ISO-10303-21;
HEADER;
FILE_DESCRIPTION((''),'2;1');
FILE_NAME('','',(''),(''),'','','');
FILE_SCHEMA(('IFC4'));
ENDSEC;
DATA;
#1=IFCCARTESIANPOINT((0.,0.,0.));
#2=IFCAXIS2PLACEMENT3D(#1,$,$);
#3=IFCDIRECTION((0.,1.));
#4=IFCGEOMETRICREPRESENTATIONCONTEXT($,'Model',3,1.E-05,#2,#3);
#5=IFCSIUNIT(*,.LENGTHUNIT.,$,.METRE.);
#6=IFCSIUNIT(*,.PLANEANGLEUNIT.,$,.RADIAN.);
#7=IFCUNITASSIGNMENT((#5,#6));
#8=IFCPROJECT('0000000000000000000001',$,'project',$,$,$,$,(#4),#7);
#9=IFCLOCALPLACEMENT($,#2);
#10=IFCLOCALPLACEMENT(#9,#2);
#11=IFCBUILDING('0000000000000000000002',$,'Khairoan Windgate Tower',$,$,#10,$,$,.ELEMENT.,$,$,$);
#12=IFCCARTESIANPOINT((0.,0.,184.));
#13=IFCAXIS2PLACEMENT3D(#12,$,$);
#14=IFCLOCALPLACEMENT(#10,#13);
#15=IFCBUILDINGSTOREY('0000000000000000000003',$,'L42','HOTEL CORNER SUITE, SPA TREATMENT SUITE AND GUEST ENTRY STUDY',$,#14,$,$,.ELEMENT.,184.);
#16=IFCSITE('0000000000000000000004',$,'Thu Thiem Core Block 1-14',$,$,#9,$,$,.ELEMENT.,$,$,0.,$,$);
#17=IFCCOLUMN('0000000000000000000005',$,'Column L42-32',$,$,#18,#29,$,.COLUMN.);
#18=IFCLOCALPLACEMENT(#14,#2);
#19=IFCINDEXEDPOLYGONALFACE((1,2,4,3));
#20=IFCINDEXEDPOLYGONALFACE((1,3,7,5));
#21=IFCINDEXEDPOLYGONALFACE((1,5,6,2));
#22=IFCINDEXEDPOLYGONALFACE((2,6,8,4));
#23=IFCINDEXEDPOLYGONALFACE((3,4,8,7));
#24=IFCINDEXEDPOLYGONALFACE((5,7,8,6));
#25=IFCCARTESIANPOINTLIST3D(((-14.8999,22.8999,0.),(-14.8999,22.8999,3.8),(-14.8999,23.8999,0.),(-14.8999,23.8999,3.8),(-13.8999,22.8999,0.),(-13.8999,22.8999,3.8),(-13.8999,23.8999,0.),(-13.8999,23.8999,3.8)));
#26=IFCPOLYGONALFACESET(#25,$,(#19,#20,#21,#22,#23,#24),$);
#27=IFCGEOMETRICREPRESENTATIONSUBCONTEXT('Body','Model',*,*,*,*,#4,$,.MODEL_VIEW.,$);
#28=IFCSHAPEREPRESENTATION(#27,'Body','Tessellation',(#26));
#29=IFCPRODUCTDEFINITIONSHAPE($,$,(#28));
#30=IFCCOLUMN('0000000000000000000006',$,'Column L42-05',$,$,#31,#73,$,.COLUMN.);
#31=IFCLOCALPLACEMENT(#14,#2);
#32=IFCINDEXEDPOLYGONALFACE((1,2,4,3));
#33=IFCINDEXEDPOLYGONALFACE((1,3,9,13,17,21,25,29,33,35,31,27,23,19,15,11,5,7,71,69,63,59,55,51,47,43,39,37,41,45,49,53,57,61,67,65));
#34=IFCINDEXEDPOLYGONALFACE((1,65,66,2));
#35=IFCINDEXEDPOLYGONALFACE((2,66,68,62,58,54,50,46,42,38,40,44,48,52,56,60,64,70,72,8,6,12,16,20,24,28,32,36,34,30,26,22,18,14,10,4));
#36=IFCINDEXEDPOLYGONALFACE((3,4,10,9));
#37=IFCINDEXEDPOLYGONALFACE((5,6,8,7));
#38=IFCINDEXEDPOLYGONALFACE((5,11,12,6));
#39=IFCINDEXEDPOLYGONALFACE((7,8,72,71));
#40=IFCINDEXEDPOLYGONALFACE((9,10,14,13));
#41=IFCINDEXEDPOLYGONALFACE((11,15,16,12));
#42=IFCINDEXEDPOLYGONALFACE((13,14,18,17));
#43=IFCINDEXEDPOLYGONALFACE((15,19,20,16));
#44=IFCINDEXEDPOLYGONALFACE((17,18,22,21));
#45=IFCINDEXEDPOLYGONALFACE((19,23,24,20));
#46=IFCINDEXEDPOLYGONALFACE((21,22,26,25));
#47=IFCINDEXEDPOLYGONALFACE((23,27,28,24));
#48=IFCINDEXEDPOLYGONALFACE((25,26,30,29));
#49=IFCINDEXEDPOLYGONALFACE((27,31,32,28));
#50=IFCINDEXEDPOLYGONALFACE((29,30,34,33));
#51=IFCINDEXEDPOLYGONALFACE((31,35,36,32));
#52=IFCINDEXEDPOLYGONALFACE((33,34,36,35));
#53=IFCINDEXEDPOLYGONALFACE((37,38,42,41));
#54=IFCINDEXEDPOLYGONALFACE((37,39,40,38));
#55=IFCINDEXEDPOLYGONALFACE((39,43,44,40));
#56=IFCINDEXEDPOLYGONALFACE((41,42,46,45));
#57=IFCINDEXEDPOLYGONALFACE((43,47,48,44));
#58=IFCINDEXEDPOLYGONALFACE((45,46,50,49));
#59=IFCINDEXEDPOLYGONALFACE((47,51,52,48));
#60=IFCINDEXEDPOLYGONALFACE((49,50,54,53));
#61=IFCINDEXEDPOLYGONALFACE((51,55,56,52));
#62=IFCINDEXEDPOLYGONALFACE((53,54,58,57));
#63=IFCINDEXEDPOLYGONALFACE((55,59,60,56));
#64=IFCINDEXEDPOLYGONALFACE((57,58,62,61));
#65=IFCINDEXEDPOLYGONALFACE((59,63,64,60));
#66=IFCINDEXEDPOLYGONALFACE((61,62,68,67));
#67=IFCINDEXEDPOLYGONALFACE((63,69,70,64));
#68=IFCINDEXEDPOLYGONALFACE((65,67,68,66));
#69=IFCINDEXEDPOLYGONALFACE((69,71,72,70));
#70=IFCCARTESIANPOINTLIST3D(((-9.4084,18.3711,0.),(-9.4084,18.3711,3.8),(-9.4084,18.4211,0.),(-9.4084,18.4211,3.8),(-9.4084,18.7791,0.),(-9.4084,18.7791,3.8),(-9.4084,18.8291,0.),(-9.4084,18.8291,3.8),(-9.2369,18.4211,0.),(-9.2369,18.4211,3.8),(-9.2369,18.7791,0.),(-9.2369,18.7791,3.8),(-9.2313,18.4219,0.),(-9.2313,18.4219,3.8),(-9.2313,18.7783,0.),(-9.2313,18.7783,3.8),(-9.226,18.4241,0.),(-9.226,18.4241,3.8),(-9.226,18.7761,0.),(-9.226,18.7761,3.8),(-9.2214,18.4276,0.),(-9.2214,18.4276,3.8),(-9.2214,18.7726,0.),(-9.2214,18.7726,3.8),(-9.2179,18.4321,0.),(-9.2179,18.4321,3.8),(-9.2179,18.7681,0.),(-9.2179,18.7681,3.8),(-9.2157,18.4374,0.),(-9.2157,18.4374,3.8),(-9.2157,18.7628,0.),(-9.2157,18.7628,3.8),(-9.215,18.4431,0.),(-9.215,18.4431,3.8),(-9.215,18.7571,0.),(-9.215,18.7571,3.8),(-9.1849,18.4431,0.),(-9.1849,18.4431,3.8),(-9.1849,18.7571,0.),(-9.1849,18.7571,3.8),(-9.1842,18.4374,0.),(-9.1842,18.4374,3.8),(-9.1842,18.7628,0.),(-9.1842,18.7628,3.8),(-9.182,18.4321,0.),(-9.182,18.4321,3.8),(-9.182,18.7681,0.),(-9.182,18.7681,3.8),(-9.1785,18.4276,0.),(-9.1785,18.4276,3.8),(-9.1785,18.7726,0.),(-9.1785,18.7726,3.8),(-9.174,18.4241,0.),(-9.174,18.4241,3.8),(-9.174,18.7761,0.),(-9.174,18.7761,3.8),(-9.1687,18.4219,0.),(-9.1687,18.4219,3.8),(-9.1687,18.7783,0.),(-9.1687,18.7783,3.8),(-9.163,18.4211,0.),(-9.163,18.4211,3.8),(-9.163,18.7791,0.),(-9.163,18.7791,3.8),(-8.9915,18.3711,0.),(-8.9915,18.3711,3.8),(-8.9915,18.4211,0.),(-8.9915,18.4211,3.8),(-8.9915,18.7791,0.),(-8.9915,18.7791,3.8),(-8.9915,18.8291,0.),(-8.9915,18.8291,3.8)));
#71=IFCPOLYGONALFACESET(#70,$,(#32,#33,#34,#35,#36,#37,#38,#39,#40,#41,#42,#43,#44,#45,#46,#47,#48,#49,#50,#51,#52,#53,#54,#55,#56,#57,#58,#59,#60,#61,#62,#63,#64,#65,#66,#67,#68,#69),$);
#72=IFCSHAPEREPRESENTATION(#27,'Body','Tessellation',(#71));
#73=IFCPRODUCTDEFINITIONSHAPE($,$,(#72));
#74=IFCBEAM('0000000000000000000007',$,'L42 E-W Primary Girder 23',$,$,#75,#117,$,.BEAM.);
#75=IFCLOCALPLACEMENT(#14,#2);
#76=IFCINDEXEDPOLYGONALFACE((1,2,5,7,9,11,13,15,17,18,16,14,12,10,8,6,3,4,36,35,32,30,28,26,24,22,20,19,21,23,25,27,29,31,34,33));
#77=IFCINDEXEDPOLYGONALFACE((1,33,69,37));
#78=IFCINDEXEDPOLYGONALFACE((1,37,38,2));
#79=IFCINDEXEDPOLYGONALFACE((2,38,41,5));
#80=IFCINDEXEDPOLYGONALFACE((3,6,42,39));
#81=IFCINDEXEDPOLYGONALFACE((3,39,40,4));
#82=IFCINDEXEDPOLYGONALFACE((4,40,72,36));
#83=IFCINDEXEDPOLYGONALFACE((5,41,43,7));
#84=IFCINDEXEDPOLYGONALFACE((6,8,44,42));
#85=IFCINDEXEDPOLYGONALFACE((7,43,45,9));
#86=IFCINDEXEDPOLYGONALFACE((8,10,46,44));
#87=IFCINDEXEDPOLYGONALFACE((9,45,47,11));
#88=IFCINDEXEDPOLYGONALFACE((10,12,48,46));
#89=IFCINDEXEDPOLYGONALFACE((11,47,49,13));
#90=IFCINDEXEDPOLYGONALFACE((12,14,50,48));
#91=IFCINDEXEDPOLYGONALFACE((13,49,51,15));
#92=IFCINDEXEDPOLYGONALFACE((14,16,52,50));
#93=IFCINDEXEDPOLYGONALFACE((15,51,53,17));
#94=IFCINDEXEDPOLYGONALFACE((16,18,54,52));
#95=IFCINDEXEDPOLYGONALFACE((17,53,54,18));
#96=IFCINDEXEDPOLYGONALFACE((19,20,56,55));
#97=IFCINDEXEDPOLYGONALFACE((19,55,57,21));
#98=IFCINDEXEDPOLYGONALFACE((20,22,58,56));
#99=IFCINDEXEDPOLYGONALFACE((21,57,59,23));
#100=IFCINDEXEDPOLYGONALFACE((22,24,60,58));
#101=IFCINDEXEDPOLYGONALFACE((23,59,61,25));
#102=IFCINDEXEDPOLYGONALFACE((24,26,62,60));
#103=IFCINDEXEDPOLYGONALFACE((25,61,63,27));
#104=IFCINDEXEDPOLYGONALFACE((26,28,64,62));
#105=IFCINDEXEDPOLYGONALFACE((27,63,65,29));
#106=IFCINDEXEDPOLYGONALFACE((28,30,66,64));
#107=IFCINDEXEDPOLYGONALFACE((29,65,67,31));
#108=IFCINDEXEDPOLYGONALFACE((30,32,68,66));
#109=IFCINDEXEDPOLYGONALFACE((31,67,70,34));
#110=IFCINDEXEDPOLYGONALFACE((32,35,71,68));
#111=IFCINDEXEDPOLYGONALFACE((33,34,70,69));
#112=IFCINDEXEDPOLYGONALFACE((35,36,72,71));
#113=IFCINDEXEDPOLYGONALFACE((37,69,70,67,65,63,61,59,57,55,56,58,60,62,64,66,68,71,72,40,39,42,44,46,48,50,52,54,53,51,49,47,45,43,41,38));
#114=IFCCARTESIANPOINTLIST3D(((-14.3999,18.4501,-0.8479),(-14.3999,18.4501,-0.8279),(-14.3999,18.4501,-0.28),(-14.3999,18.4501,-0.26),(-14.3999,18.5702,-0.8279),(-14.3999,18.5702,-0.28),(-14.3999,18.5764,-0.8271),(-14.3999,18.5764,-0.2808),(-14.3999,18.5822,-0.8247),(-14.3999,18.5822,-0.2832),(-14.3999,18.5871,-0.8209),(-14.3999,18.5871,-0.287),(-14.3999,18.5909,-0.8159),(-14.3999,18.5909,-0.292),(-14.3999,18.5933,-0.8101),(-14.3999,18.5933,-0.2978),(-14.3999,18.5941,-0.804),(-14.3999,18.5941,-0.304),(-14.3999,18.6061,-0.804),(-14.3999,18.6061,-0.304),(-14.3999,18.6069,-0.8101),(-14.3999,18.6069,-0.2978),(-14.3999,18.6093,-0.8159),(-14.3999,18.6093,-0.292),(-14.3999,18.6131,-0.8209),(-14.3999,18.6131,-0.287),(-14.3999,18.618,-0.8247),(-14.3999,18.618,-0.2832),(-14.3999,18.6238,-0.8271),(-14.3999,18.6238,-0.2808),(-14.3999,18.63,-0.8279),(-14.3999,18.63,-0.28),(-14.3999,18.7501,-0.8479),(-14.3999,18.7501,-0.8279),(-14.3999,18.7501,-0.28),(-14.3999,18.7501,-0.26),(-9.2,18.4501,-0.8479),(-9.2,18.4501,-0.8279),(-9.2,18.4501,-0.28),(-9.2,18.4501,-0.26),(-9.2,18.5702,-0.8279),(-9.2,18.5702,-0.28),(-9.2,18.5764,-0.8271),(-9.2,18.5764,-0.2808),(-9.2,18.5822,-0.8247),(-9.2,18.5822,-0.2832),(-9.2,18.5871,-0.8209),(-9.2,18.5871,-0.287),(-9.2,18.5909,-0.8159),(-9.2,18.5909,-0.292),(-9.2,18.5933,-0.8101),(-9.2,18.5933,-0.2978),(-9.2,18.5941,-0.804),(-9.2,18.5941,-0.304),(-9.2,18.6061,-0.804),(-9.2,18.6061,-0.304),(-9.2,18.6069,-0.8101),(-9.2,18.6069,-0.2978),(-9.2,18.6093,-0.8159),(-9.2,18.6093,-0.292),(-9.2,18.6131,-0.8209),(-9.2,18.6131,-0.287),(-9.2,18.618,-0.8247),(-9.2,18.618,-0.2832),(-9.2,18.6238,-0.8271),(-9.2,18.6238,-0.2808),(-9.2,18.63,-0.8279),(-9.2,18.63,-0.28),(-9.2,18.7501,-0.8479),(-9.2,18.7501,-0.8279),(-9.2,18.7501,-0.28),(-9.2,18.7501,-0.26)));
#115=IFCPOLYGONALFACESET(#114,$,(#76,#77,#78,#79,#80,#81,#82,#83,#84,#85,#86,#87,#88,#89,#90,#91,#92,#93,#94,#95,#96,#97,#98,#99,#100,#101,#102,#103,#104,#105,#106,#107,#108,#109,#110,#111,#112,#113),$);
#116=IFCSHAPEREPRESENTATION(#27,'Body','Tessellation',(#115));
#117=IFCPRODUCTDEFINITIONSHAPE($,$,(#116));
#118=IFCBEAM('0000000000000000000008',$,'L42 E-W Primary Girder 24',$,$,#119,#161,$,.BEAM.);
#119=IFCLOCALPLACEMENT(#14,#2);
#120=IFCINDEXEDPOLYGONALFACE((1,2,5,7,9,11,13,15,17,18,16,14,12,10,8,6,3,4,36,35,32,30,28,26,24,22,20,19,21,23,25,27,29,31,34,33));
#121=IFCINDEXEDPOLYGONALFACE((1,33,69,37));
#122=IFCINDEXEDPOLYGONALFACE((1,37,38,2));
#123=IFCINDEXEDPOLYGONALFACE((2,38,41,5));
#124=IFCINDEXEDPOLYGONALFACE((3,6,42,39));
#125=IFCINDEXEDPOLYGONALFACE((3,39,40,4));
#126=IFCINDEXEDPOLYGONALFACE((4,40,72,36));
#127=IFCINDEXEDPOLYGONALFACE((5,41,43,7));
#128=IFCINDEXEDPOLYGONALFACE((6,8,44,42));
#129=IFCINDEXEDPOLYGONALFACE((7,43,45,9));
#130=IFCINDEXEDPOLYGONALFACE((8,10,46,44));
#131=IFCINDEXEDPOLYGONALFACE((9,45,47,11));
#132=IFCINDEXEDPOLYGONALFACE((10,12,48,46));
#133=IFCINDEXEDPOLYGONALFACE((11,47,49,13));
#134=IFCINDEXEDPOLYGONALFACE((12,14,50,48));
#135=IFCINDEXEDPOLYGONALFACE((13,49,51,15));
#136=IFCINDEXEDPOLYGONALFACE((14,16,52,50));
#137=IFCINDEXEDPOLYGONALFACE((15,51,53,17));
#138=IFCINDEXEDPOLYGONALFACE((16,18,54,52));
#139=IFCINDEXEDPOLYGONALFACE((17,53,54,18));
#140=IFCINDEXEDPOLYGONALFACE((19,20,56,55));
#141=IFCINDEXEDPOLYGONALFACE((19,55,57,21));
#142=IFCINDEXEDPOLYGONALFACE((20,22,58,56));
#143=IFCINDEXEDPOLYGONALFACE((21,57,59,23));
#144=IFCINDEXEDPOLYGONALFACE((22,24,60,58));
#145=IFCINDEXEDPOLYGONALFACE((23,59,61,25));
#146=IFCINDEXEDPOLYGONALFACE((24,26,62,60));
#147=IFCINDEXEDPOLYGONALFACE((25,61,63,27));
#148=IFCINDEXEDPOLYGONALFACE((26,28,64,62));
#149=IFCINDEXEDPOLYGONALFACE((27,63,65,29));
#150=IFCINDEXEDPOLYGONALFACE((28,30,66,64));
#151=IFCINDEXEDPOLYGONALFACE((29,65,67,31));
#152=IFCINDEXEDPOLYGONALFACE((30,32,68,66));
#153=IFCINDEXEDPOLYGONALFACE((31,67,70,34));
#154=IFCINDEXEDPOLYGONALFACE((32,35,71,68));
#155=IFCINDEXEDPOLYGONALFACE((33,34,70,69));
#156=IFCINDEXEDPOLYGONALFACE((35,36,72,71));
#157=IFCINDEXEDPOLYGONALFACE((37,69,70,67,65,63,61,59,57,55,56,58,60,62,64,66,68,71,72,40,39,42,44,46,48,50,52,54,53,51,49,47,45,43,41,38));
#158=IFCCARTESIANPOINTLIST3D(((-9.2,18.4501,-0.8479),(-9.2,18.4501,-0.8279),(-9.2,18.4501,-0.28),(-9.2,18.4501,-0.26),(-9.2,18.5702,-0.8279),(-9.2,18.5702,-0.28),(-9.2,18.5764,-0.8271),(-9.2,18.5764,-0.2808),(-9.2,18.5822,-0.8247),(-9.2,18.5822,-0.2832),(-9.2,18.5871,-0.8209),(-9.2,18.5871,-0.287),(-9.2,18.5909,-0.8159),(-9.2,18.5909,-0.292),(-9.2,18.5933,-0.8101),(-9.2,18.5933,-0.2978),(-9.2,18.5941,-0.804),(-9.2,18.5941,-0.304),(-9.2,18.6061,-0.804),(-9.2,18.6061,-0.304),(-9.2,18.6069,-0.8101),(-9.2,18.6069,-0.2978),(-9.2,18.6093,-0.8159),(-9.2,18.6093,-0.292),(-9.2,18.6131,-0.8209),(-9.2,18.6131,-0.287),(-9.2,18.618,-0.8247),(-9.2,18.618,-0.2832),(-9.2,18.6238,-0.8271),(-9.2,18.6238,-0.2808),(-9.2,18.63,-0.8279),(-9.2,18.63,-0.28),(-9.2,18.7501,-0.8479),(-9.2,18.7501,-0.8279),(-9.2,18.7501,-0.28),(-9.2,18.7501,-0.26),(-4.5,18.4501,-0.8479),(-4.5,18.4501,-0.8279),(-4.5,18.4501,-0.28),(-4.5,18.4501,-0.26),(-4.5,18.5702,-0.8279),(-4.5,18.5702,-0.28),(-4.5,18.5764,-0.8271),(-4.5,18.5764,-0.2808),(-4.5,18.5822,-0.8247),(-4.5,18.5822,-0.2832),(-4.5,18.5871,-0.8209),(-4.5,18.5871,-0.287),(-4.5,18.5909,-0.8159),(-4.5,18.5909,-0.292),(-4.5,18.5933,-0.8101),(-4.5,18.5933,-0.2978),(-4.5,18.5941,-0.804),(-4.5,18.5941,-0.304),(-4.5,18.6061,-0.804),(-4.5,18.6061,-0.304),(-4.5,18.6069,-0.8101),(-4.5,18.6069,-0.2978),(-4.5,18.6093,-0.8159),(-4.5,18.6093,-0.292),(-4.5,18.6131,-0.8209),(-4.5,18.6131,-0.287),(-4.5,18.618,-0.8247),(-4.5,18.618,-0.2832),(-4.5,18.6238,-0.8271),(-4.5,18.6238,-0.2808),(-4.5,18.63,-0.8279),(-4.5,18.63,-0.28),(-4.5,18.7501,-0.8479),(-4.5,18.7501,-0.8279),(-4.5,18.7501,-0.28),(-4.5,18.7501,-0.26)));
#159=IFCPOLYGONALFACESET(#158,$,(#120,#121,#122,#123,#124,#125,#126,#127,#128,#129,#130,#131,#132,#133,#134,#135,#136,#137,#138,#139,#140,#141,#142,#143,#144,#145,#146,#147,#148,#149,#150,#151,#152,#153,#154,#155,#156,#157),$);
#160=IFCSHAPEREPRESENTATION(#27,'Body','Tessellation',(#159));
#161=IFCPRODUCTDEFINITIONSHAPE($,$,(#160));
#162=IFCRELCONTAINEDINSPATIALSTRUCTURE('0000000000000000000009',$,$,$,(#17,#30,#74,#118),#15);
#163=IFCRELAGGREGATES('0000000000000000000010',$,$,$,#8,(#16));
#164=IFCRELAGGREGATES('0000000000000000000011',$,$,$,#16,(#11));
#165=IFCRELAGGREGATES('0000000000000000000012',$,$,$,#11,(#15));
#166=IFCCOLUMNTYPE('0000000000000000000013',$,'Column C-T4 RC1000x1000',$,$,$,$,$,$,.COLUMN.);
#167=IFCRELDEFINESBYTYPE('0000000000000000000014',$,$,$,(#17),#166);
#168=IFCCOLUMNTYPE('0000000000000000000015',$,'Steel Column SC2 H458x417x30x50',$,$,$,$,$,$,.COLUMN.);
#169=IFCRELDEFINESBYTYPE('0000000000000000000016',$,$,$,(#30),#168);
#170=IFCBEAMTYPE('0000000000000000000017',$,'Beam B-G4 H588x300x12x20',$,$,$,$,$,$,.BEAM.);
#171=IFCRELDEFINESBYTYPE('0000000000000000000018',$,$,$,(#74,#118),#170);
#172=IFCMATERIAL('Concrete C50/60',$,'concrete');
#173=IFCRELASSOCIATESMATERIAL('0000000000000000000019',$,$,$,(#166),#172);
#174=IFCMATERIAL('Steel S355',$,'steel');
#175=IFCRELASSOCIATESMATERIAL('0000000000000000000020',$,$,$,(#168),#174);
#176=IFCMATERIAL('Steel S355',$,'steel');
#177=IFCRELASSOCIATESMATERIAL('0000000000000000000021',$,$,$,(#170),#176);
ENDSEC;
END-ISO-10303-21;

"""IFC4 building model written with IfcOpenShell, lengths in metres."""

from ifc_helpers import new_model, si_unit, direction, frame, origin, origin_2d, place, context, subcontext, project, spatial, rectangle, i_section, extrude, material, material_profile, profile_set, type_object, element, save


model = new_model("IFC4")

# Units and contexts
model_context = context("Model", 3, precision=1e-05, world=origin(), true_north=direction((0.0, 1.0)))
body_context = subcontext(model_context, "Body", "Model", "MODEL_VIEW")
ifc_project = project(units=[si_unit("LENGTHUNIT", "METRE"), si_unit("PLANEANGLEUNIT", "RADIAN")], contexts=[model_context])

# Site, building, storey
site_placement = place(None, origin())
site = spatial("IfcSite", under=ifc_project, at=site_placement, Name="Thu Thiem Core Block 1-14", CompositionType="ELEMENT", RefElevation=0.0)
building_placement = place(site_placement, origin())
building = spatial("IfcBuilding", under=site, at=building_placement, Name="Khairoan Windgate Tower", CompositionType="ELEMENT")
storey_placement = place(building_placement, frame((0.0, 0.0, 184.0)))
storey = spatial("IfcBuildingStorey", under=building, at=storey_placement, Name="L42", Description="HOTEL CORNER SUITE, SPA TREATMENT SUITE AND GUEST ENTRY STUDY", CompositionType="ELEMENT", Elevation=184.0)

# Columns
ifc_material_1 = material(Name="Concrete C50/60", Category="concrete")
ifc_material_profile_1 = material_profile(ifc_material_1, rectangle(XDim=1.0, YDim=1.0, at=origin_2d()))
ifc_profile_set_1 = profile_set([ifc_material_profile_1], Name="Concrete C50/60")
column_type_1 = type_object("IfcColumnType", Name="Column C-T4 RC1000x1000", PredefinedType="COLUMN", material=ifc_profile_set_1)
column_1_placement = place(storey_placement, frame((-14.3999, 23.3999, 0.0), z_axis=(0.0, 0.0, 1.0), x_axis=(1.0, 0.0, 0.0)))
element("IfcColumn", 1, at=column_1_placement, inside=storey, type_object=column_type_1, Name="Column L42-32", PredefinedType="COLUMN", context=body_context, shape_type="SweptSolid", body=[
    extrude(rectangle(XDim=1.0, YDim=1.0, at=origin_2d()), origin(), (0.0, 0.0, 1.0), 3.8),
])
ifc_material_2 = material(Name="Steel S355", Category="steel")
ifc_material_profile_2 = material_profile(ifc_material_2, i_section(OverallWidth=0.417, OverallDepth=0.458, WebThickness=0.03, FlangeThickness=0.05, FilletRadius=0.022, at=origin_2d()))
ifc_profile_set_2 = profile_set([ifc_material_profile_2], Name="Steel S355")
column_type_2 = type_object("IfcColumnType", Name="Steel Column SC2 H458x417x30x50", PredefinedType="COLUMN", material=ifc_profile_set_2)
column_2_placement = place(storey_placement, frame((-9.2, 18.6001, 0.0), z_axis=(0.0, 0.0, 1.0), x_axis=(1.0, 0.0, 0.0)))
element("IfcColumn", 2, at=column_2_placement, inside=storey, type_object=column_type_2, Name="Column L42-05", PredefinedType="COLUMN", context=body_context, shape_type="SweptSolid", body=[
    extrude(i_section(OverallWidth=0.417, OverallDepth=0.458, WebThickness=0.03, FlangeThickness=0.05, FilletRadius=0.022, at=origin_2d()), origin(), (0.0, 0.0, 1.0), 3.8),
])

# Beams
ifc_material_3 = material(Name="Steel S355", Category="steel")
ifc_material_profile_3 = material_profile(ifc_material_3, i_section(OverallWidth=0.3, OverallDepth=0.5879, WebThickness=0.012, FlangeThickness=0.02, FilletRadius=0.0239, at=origin_2d()))
ifc_profile_set_3 = profile_set([ifc_material_profile_3], Name="Steel S355")
beam_type = type_object("IfcBeamType", Name="Beam B-G4 H588x300x12x20", PredefinedType="BEAM", material=ifc_profile_set_3)
beam_1_placement = place(storey_placement, frame((-14.3999, 18.6001, -0.554), z_axis=(1.0, 0.0, 0.0), x_axis=(0.0, 1.0, 0.0)))
element("IfcBeam", 3, at=beam_1_placement, inside=storey, type_object=beam_type, Name="L42 E-W Primary Girder 23", PredefinedType="BEAM", context=body_context, shape_type="SweptSolid", body=[
    extrude(i_section(OverallWidth=0.3, OverallDepth=0.5879, WebThickness=0.012, FlangeThickness=0.02, FilletRadius=0.0239, at=origin_2d()), origin(), (0.0, 0.0, 1.0), 5.2),
])
beam_2_placement = place(storey_placement, frame((-9.2, 18.6001, -0.554), z_axis=(1.0, 0.0, 0.0), x_axis=(0.0, 1.0, 0.0)))
element("IfcBeam", 4, at=beam_2_placement, inside=storey, type_object=beam_type, Name="L42 E-W Primary Girder 24", PredefinedType="BEAM", context=body_context, shape_type="SweptSolid", body=[
    extrude(i_section(OverallWidth=0.3, OverallDepth=0.5879, WebThickness=0.012, FlangeThickness=0.02, FilletRadius=0.0239, at=origin_2d()), origin(), (0.0, 0.0, 1.0), 4.7),
])

save(model, "model.ifc")
